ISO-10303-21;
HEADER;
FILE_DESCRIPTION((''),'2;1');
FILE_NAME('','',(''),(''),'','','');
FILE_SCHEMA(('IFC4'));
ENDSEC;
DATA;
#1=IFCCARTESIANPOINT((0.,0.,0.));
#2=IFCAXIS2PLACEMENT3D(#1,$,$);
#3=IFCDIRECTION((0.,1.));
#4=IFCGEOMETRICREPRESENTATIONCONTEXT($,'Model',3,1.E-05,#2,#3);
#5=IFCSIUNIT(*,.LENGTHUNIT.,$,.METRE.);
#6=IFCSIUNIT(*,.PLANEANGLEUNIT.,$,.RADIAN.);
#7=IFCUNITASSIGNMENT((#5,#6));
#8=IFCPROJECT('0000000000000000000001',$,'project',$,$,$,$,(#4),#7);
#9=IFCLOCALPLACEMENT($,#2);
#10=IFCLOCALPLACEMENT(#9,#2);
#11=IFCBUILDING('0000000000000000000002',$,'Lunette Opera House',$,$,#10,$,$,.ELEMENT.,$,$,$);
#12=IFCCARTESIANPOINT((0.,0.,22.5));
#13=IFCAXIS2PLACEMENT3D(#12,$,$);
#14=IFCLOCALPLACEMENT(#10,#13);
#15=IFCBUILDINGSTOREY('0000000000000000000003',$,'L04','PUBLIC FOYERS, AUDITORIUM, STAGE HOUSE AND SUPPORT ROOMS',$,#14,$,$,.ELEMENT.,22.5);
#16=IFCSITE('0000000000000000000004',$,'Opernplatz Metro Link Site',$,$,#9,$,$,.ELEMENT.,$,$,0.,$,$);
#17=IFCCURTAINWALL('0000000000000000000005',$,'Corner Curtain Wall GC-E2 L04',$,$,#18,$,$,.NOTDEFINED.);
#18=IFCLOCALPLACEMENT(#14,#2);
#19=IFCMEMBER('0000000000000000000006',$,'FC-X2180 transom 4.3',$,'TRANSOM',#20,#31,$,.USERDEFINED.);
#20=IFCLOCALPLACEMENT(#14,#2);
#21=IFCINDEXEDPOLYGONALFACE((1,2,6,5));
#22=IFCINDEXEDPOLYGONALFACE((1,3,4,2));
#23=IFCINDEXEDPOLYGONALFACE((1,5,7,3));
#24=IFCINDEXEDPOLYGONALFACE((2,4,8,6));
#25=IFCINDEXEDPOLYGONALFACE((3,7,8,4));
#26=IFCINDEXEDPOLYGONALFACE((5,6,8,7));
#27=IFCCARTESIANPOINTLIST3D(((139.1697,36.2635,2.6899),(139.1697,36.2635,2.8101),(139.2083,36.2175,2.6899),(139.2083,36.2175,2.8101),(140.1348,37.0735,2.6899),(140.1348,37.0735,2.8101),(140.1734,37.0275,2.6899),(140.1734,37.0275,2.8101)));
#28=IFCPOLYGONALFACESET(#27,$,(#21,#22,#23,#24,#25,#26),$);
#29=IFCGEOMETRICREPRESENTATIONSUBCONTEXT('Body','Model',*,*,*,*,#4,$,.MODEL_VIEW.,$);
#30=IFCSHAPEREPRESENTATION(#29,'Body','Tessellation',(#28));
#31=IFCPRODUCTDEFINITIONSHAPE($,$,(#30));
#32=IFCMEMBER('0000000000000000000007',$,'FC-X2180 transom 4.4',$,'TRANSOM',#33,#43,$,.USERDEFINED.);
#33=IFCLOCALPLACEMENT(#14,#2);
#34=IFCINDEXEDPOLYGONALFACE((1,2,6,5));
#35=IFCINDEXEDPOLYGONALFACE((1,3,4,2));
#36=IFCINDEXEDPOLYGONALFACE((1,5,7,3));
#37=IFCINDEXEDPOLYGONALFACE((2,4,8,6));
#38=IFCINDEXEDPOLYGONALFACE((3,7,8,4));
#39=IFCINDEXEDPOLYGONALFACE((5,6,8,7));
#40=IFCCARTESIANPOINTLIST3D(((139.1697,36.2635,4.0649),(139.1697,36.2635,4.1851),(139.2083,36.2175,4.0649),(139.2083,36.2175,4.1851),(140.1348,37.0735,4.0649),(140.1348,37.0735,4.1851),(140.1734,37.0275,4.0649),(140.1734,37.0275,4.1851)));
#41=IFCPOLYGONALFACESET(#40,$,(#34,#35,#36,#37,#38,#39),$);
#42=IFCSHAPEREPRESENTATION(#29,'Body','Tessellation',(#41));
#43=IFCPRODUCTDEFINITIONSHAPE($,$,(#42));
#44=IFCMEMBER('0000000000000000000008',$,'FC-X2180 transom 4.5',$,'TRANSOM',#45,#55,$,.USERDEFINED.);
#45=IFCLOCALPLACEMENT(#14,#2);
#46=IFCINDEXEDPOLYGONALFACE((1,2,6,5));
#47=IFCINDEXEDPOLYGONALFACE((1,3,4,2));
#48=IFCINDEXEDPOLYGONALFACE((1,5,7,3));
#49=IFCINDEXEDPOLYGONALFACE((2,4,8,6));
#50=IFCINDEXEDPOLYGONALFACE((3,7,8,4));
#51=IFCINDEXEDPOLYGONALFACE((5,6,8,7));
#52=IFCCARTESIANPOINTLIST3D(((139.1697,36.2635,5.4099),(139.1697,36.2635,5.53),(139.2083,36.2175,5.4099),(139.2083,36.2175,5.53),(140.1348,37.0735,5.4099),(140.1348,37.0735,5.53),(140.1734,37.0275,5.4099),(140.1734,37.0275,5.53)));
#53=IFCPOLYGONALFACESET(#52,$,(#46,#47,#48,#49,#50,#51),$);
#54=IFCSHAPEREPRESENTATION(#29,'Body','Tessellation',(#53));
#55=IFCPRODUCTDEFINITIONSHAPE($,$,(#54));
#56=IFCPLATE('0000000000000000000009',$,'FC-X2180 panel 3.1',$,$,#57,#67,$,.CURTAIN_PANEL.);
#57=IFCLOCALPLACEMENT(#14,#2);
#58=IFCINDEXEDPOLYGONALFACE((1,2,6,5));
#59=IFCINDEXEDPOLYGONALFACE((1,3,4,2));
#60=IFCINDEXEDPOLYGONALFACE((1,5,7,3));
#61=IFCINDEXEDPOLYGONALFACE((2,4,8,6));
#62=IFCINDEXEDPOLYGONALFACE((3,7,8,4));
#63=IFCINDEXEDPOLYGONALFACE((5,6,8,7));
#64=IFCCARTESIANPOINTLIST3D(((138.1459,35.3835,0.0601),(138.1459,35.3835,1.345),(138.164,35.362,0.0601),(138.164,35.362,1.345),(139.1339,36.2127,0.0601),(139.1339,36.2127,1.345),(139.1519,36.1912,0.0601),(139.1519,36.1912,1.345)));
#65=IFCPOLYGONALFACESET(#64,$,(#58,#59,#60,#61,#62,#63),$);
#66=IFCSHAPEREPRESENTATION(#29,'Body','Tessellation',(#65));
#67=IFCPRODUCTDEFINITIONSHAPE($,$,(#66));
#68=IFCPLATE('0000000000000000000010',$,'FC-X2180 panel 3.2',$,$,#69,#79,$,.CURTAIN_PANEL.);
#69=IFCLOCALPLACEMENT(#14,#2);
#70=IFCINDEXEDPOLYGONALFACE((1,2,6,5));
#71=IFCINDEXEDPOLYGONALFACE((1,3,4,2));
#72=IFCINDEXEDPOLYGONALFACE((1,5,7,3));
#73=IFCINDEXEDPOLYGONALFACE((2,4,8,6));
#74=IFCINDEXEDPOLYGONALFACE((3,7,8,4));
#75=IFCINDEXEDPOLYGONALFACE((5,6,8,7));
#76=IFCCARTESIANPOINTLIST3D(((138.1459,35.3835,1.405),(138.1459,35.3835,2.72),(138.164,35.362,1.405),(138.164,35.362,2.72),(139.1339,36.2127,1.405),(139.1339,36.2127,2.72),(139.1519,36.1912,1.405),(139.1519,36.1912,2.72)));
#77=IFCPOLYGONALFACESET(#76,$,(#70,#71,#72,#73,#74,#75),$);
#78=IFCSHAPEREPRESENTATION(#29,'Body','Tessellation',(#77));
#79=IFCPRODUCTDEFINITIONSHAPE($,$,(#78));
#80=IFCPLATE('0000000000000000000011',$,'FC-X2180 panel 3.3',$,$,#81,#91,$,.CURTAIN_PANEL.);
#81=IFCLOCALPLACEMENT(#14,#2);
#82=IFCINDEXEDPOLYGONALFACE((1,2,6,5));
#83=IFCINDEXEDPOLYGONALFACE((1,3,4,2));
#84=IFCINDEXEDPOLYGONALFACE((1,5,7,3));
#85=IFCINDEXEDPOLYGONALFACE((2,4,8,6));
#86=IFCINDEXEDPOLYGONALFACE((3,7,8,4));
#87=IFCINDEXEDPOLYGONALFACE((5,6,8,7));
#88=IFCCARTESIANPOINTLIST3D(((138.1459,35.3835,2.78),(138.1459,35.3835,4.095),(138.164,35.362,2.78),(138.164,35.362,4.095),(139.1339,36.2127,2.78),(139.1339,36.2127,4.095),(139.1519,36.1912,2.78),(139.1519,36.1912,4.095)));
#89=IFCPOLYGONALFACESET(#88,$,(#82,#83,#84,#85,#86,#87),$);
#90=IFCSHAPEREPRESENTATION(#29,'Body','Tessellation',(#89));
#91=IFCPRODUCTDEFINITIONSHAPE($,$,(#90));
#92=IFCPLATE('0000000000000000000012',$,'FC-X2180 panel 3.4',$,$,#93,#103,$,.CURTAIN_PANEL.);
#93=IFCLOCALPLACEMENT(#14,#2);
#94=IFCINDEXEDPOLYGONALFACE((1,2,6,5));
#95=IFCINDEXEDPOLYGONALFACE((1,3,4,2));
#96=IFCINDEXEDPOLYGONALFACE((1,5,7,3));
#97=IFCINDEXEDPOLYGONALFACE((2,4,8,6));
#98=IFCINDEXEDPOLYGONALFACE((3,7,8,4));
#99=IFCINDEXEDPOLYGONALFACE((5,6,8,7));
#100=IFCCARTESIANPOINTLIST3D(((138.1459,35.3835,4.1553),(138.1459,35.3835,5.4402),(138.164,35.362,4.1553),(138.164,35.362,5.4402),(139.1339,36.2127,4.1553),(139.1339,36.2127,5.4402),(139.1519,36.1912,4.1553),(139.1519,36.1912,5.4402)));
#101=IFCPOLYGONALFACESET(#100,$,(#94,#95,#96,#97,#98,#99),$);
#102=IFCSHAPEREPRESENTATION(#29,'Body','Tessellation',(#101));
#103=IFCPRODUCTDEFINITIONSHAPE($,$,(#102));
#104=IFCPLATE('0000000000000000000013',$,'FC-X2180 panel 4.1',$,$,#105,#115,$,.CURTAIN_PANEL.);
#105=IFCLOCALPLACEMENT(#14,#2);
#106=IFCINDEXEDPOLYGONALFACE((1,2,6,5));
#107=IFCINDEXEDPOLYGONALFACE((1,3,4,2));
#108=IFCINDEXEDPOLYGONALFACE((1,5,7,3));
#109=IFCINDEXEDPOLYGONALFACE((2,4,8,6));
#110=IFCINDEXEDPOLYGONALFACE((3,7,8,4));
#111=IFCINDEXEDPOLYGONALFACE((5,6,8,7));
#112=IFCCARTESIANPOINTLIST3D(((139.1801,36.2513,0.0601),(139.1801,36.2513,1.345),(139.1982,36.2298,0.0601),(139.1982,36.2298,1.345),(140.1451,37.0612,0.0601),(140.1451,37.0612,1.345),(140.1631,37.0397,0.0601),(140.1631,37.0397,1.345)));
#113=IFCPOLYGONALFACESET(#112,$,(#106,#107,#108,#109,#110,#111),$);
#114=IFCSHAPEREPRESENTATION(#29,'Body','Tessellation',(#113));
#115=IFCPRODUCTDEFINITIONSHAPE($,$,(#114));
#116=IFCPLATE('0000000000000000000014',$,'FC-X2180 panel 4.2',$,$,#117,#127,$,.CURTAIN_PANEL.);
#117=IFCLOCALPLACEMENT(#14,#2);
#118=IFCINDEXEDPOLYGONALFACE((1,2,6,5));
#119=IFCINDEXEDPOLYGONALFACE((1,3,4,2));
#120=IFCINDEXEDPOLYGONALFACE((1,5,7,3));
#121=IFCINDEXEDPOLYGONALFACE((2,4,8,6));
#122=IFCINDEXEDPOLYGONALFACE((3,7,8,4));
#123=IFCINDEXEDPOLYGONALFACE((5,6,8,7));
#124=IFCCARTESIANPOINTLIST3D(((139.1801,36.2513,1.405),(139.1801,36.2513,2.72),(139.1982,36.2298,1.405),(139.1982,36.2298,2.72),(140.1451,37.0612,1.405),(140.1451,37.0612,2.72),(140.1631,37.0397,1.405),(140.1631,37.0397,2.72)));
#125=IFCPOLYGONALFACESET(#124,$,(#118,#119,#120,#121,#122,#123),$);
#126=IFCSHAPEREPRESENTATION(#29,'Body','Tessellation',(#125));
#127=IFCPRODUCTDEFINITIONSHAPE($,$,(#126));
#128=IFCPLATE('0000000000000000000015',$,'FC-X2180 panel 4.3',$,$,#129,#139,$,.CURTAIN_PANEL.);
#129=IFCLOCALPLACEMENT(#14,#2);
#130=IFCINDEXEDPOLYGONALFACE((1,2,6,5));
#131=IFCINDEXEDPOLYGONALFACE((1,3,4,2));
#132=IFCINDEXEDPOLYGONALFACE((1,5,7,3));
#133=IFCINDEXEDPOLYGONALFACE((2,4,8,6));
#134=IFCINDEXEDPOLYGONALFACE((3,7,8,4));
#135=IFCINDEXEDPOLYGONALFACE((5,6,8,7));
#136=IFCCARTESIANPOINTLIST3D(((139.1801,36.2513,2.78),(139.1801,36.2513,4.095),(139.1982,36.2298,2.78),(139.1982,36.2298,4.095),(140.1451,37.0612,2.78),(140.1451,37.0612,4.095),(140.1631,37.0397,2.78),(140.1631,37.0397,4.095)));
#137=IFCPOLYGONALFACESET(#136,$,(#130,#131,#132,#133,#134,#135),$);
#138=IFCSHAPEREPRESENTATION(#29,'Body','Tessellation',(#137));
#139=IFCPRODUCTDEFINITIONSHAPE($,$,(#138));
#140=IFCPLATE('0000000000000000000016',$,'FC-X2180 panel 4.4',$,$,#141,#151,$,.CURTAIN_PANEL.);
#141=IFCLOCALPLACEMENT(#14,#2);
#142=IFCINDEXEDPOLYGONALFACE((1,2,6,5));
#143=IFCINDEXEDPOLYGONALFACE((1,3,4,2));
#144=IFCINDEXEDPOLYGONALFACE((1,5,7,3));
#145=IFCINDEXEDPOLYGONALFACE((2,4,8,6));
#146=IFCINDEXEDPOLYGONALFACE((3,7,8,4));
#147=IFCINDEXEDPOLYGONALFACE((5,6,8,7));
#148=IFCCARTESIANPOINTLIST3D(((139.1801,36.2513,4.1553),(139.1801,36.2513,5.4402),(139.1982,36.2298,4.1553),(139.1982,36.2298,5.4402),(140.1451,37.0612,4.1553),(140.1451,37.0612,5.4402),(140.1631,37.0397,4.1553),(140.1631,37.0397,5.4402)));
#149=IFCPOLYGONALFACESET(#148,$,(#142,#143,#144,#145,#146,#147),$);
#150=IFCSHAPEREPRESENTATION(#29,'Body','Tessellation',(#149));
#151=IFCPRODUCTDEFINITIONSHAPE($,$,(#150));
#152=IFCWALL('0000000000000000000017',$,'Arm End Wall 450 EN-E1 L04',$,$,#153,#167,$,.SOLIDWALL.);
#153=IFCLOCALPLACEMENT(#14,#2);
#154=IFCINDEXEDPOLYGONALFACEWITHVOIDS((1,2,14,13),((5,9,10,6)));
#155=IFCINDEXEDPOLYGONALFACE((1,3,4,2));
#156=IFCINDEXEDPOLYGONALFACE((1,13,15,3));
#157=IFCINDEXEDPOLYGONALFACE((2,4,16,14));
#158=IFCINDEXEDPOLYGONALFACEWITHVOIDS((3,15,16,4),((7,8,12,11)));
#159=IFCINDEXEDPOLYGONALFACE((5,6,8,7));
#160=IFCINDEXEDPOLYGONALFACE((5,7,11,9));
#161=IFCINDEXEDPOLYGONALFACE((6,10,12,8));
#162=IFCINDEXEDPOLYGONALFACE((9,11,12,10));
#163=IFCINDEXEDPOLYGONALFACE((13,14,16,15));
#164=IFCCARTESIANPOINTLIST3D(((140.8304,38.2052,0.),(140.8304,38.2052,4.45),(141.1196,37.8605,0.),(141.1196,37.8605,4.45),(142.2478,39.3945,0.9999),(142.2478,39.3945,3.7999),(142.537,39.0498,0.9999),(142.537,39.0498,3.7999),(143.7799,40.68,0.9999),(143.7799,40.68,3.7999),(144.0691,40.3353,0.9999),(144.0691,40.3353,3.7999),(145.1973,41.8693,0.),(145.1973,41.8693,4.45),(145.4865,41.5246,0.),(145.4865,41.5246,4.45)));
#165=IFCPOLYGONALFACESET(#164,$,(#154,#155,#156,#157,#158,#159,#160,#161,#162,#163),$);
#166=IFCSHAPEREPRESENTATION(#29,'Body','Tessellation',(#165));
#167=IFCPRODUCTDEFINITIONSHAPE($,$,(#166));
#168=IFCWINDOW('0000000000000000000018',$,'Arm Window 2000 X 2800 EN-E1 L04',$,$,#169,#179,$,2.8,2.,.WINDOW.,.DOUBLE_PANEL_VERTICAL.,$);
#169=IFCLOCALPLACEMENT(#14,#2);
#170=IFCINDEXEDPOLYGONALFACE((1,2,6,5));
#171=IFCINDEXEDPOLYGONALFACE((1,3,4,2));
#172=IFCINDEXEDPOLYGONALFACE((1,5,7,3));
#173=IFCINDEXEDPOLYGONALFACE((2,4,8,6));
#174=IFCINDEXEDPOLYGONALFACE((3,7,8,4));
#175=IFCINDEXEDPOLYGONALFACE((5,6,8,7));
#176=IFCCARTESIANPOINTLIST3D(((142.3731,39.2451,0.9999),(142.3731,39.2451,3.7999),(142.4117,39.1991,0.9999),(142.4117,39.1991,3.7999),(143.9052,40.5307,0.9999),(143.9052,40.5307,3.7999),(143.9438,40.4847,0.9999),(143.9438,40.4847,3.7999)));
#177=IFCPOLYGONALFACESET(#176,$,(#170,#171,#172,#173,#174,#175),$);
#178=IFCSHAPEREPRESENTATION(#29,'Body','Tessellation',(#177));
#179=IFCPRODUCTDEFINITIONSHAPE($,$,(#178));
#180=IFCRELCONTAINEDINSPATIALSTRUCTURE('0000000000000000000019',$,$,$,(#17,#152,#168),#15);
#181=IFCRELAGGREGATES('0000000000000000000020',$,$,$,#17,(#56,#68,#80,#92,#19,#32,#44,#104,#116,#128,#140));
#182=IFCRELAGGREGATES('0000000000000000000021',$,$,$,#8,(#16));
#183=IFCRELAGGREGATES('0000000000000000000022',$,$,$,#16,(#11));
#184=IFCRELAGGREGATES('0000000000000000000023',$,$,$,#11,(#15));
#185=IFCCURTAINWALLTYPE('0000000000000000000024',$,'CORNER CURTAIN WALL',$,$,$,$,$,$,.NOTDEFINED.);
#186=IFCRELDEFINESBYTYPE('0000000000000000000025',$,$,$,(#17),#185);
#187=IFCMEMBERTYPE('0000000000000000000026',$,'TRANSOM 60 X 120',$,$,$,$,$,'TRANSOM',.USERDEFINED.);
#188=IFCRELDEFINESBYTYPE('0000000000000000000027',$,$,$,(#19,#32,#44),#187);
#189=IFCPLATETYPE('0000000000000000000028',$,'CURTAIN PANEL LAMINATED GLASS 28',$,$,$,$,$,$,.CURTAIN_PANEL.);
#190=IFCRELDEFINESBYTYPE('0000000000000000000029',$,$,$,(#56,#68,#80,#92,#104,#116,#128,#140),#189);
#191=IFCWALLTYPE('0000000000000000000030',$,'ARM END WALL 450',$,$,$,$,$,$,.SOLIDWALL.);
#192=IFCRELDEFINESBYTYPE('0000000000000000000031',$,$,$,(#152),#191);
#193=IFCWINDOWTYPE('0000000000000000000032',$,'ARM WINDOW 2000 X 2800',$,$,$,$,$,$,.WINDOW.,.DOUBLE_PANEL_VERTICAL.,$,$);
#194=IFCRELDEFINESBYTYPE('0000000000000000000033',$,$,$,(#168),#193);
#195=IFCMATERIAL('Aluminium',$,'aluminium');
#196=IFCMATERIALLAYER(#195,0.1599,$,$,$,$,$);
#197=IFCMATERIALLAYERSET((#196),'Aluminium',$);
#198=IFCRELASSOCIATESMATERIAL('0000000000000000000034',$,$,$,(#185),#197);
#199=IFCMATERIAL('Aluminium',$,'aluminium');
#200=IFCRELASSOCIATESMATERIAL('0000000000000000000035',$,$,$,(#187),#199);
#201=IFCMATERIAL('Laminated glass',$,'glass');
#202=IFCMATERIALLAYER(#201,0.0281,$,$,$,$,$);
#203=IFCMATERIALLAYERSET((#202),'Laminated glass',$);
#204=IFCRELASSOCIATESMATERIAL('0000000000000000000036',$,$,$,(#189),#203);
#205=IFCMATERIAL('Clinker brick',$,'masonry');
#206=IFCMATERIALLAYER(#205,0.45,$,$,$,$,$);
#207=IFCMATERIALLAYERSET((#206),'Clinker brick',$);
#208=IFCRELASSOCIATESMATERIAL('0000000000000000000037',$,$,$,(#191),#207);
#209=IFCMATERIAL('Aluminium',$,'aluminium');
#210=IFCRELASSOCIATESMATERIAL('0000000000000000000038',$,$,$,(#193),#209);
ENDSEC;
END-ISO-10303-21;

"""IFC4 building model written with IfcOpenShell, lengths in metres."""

from ifc_helpers import new_model, si_unit, direction, frame, frame_2d, origin, origin_2d, place, context, subcontext, project, spatial, rectangle, extrude, material, layer, layer_set, material_profile, profile_set, type_object, element, fill, aggregate, save


model = new_model("IFC4")

# Units and contexts
model_context = context("Model", 3, precision=1e-05, world=origin(), true_north=direction((0.0, 1.0)))
body_context = subcontext(model_context, "Body", "Model", "MODEL_VIEW")
ifc_project = project(units=[si_unit("LENGTHUNIT", "METRE"), si_unit("PLANEANGLEUNIT", "RADIAN")], contexts=[model_context])

# Site, building, storey
site_placement = place(None, origin())
site = spatial("IfcSite", under=ifc_project, at=site_placement, Name="Opernplatz Metro Link Site", CompositionType="ELEMENT", RefElevation=0.0)
building_placement = place(site_placement, origin())
building = spatial("IfcBuilding", under=site, at=building_placement, Name="Lunette Opera House", CompositionType="ELEMENT")
storey_placement = place(building_placement, frame((0.0, 0.0, 22.5)))
storey = spatial("IfcBuildingStorey", under=building, at=storey_placement, Name="L04", Description="PUBLIC FOYERS, AUDITORIUM, STAGE HOUSE AND SUPPORT ROOMS", CompositionType="ELEMENT", Elevation=22.5)

# Curtain wall
ifc_material_1 = material(Name="Aluminium", Category="aluminium")
ifc_layer_1 = layer(ifc_material_1, 0.1599)
ifc_layer_set_1 = layer_set([ifc_layer_1], Name="Aluminium")
curtain_wall_type = type_object("IfcCurtainWallType", Name="CORNER CURTAIN WALL", PredefinedType="NOTDEFINED", material=ifc_layer_set_1)
curtain_wall_placement = place(storey_placement, origin())
curtain_wall = element("IfcCurtainWall", 1, at=curtain_wall_placement, inside=storey, type_object=curtain_wall_type, Name="Corner Curtain Wall GC-E2 L04", PredefinedType="NOTDEFINED")

# Members
ifc_material_2 = material(Name="Aluminium", Category="aluminium")
ifc_material_profile_1 = material_profile(ifc_material_2, rectangle(XDim=0.0601, YDim=0.1201, at=origin_2d()), Name="TRANSOM 60 X 120")
ifc_profile_set_1 = profile_set([ifc_material_profile_1], Name="Aluminium")
member_type_1 = type_object("IfcMemberType", Name="TRANSOM 60 X 120", ElementType="TRANSOM", PredefinedType="USERDEFINED", material=ifc_profile_set_1)
member_1_placement = place(storey_placement, frame((139.189, 36.2405, 2.75), z_axis=(0.765945, 0.642906, 0.0), x_axis=(-0.642906, 0.765945, 0.0)))
member_1 = element("IfcMember", 2, at=member_1_placement, type_object=member_type_1, Name="FC-X2180 transom 4.3", ObjectType="TRANSOM", PredefinedType="USERDEFINED", context=body_context, shape_type="SweptSolid", body=[
    extrude(rectangle(XDim=0.0601, YDim=0.1201, at=origin_2d()), origin(), (0.0, 0.0, 1.0), 1.26),
])
member_2_placement = place(storey_placement, frame((139.189, 36.2405, 4.125), z_axis=(0.765945, 0.642906, 0.0), x_axis=(-0.642906, 0.765945, 0.0)))
member_2 = element("IfcMember", 3, at=member_2_placement, type_object=member_type_1, Name="FC-X2180 transom 4.4", ObjectType="TRANSOM", PredefinedType="USERDEFINED", context=body_context, shape_type="SweptSolid", body=[
    extrude(rectangle(XDim=0.0601, YDim=0.1201, at=origin_2d()), origin(), (0.0, 0.0, 1.0), 1.26),
])
member_3_placement = place(storey_placement, frame((139.189, 36.2405, 5.47), z_axis=(0.765945, 0.642906, 0.0), x_axis=(-0.642906, 0.765945, 0.0)))
member_3 = element("IfcMember", 4, at=member_3_placement, type_object=member_type_1, Name="FC-X2180 transom 4.5", ObjectType="TRANSOM", PredefinedType="USERDEFINED", context=body_context, shape_type="SweptSolid", body=[
    extrude(rectangle(XDim=0.0601, YDim=0.1201, at=origin_2d()), origin(), (0.0, 0.0, 1.0), 1.26),
])

# Plates
ifc_material_3 = material(Name="Laminated glass", Category="glass")
ifc_layer_2 = layer(ifc_material_3, 0.0281)
ifc_layer_set_2 = layer_set([ifc_layer_2], Name="Laminated glass")
plate_type = type_object("IfcPlateType", Name="CURTAIN PANEL LAMINATED GLASS 28", PredefinedType="CURTAIN_PANEL", material=ifc_layer_set_2)
plate_1_placement = place(storey_placement, frame((138.6489, 35.7874, 0.0601), z_axis=(0.0, 0.0, 1.0), x_axis=(0.766, 0.64284, 0.0)))
plate_1 = element("IfcPlate", 5, at=plate_1_placement, type_object=plate_type, Name="FC-X2180 panel 3.1", PredefinedType="CURTAIN_PANEL", context=body_context, shape_type="SweptSolid", body=[
    extrude(rectangle(XDim=1.2898, YDim=0.0281, at=origin_2d()), origin(), (0.0, 0.0, 1.0), 1.2849),
])
plate_2_placement = place(storey_placement, frame((138.6489, 35.7874, 1.405), z_axis=(0.0, 0.0, 1.0), x_axis=(0.766, 0.64284, 0.0)))
plate_2 = element("IfcPlate", 6, at=plate_2_placement, type_object=plate_type, Name="FC-X2180 panel 3.2", PredefinedType="CURTAIN_PANEL", context=body_context, shape_type="SweptSolid", body=[
    extrude(rectangle(XDim=1.2898, YDim=0.0281, at=origin_2d()), origin(), (0.0, 0.0, 1.0), 1.3149),
])
plate_3_placement = place(storey_placement, frame((138.6489, 35.7874, 2.78), z_axis=(0.0, 0.0, 1.0), x_axis=(0.766, 0.64284, 0.0)))
plate_3 = element("IfcPlate", 7, at=plate_3_placement, type_object=plate_type, Name="FC-X2180 panel 3.3", PredefinedType="CURTAIN_PANEL", context=body_context, shape_type="SweptSolid", body=[
    extrude(rectangle(XDim=1.2898, YDim=0.0281, at=origin_2d()), origin(), (0.0, 0.0, 1.0), 1.3149),
])
plate_4_placement = place(storey_placement, frame((138.6489, 35.7874, 4.1553), z_axis=(0.0, 0.0, 1.0), x_axis=(0.766, 0.64284, 0.0)))
plate_4 = element("IfcPlate", 8, at=plate_4_placement, type_object=plate_type, Name="FC-X2180 panel 3.4", PredefinedType="CURTAIN_PANEL", context=body_context, shape_type="SweptSolid", body=[
    extrude(rectangle(XDim=1.2898, YDim=0.0281, at=origin_2d()), origin(), (0.0, 0.0, 1.0), 1.2849),
])
plate_5_placement = place(storey_placement, frame((139.6716, 36.6455, 0.0601), z_axis=(0.0, 0.0, 1.0), x_axis=(0.766, 0.64284, 0.0)))
plate_5 = element("IfcPlate", 9, at=plate_5_placement, type_object=plate_type, Name="FC-X2180 panel 4.1", PredefinedType="CURTAIN_PANEL", context=body_context, shape_type="SweptSolid", body=[
    extrude(rectangle(XDim=1.2598, YDim=0.0281, at=origin_2d()), origin(), (0.0, 0.0, 1.0), 1.2849),
])
plate_6_placement = place(storey_placement, frame((139.6716, 36.6455, 1.405), z_axis=(0.0, 0.0, 1.0), x_axis=(0.766, 0.64284, 0.0)))
plate_6 = element("IfcPlate", 10, at=plate_6_placement, type_object=plate_type, Name="FC-X2180 panel 4.2", PredefinedType="CURTAIN_PANEL", context=body_context, shape_type="SweptSolid", body=[
    extrude(rectangle(XDim=1.2598, YDim=0.0281, at=origin_2d()), origin(), (0.0, 0.0, 1.0), 1.3149),
])
plate_7_placement = place(storey_placement, frame((139.6716, 36.6455, 2.78), z_axis=(0.0, 0.0, 1.0), x_axis=(0.766, 0.64284, 0.0)))
plate_7 = element("IfcPlate", 11, at=plate_7_placement, type_object=plate_type, Name="FC-X2180 panel 4.3", PredefinedType="CURTAIN_PANEL", context=body_context, shape_type="SweptSolid", body=[
    extrude(rectangle(XDim=1.2598, YDim=0.0281, at=origin_2d()), origin(), (0.0, 0.0, 1.0), 1.3149),
])
plate_8_placement = place(storey_placement, frame((139.6716, 36.6455, 4.1553), z_axis=(0.0, 0.0, 1.0), x_axis=(0.766, 0.64284, 0.0)))
plate_8 = element("IfcPlate", 12, at=plate_8_placement, type_object=plate_type, Name="FC-X2180 panel 4.4", PredefinedType="CURTAIN_PANEL", context=body_context, shape_type="SweptSolid", body=[
    extrude(rectangle(XDim=1.2598, YDim=0.0281, at=origin_2d()), origin(), (0.0, 0.0, 1.0), 1.2849),
])
aggregate(curtain_wall, [plate_1, plate_2, plate_3, plate_4, member_1, member_2, member_3, plate_5, plate_6, plate_7, plate_8])

# Wall, opening, window
ifc_material_4 = material(Name="Clinker brick", Category="masonry")
ifc_layer_3 = layer(ifc_material_4, 0.45)
ifc_layer_set_3 = layer_set([ifc_layer_3], Name="Clinker brick")
wall_type_1 = type_object("IfcWallType", Name="ARM END WALL 450", PredefinedType="SOLIDWALL", material=ifc_layer_set_3)
wall_1_placement = place(storey_placement, frame((140.9751, 38.033, 0.0), z_axis=(0.0, 0.0, 1.0), x_axis=(0.766065, 0.642763, 0.0)))
wall_1 = element("IfcWall", 13, at=wall_1_placement, inside=storey, type_object=wall_type_1, Name="Arm End Wall 450 EN-E1 L04", PredefinedType="SOLIDWALL", context=body_context, shape_type="SweptSolid", body=[
    extrude(rectangle(XDim=5.7004, YDim=0.45, at=frame_2d((2.8501, 0.0))), origin(), (0.0, 0.0, 1.0), 4.45),
])
opening_placement = place(wall_1_placement, frame((1.8501, 0.0, 1.0)))
opening = element("IfcOpeningElement", 14, at=opening_placement, cuts=wall_1, PredefinedType="OPENING", context=body_context, shape_type="SweptSolid", body=[
    extrude(rectangle(XDim=2.0, YDim=2.8, at=frame_2d((1.0, 1.3999))), frame((0.0, 0.2371, 0.0), z_axis=(0.0, -1.0, 0.0), x_axis=(1.0, 0.0, 0.0)), (0.0, 0.0, 1.0), 0.4739),
])
ifc_material_5 = material(Name="Aluminium", Category="aluminium")
window_type = type_object("IfcWindowType", Name="ARM WINDOW 2000 X 2800", PartitioningType="DOUBLE_PANEL_VERTICAL", PredefinedType="WINDOW", material=ifc_material_5)
window_placement = place(opening_placement, origin())
window = element("IfcWindow", 15, at=window_placement, inside=storey, type_object=window_type, Name="Arm Window 2000 X 2800 EN-E1 L04", OverallHeight=2.8, OverallWidth=2.0, PartitioningType="DOUBLE_PANEL_VERTICAL", PredefinedType="WINDOW", context=body_context, shape_type="SweptSolid", body=[
    extrude(rectangle(XDim=2.0, YDim=2.8, at=frame_2d((1.0, 1.3999))), frame((0.0, 0.03, 0.0), z_axis=(0.0, -1.0, 0.0), x_axis=(1.0, 0.0, 0.0)), (0.0, 0.0, 1.0), 0.0601),
])
fill(opening, window)

save(model, "model.ifc")
